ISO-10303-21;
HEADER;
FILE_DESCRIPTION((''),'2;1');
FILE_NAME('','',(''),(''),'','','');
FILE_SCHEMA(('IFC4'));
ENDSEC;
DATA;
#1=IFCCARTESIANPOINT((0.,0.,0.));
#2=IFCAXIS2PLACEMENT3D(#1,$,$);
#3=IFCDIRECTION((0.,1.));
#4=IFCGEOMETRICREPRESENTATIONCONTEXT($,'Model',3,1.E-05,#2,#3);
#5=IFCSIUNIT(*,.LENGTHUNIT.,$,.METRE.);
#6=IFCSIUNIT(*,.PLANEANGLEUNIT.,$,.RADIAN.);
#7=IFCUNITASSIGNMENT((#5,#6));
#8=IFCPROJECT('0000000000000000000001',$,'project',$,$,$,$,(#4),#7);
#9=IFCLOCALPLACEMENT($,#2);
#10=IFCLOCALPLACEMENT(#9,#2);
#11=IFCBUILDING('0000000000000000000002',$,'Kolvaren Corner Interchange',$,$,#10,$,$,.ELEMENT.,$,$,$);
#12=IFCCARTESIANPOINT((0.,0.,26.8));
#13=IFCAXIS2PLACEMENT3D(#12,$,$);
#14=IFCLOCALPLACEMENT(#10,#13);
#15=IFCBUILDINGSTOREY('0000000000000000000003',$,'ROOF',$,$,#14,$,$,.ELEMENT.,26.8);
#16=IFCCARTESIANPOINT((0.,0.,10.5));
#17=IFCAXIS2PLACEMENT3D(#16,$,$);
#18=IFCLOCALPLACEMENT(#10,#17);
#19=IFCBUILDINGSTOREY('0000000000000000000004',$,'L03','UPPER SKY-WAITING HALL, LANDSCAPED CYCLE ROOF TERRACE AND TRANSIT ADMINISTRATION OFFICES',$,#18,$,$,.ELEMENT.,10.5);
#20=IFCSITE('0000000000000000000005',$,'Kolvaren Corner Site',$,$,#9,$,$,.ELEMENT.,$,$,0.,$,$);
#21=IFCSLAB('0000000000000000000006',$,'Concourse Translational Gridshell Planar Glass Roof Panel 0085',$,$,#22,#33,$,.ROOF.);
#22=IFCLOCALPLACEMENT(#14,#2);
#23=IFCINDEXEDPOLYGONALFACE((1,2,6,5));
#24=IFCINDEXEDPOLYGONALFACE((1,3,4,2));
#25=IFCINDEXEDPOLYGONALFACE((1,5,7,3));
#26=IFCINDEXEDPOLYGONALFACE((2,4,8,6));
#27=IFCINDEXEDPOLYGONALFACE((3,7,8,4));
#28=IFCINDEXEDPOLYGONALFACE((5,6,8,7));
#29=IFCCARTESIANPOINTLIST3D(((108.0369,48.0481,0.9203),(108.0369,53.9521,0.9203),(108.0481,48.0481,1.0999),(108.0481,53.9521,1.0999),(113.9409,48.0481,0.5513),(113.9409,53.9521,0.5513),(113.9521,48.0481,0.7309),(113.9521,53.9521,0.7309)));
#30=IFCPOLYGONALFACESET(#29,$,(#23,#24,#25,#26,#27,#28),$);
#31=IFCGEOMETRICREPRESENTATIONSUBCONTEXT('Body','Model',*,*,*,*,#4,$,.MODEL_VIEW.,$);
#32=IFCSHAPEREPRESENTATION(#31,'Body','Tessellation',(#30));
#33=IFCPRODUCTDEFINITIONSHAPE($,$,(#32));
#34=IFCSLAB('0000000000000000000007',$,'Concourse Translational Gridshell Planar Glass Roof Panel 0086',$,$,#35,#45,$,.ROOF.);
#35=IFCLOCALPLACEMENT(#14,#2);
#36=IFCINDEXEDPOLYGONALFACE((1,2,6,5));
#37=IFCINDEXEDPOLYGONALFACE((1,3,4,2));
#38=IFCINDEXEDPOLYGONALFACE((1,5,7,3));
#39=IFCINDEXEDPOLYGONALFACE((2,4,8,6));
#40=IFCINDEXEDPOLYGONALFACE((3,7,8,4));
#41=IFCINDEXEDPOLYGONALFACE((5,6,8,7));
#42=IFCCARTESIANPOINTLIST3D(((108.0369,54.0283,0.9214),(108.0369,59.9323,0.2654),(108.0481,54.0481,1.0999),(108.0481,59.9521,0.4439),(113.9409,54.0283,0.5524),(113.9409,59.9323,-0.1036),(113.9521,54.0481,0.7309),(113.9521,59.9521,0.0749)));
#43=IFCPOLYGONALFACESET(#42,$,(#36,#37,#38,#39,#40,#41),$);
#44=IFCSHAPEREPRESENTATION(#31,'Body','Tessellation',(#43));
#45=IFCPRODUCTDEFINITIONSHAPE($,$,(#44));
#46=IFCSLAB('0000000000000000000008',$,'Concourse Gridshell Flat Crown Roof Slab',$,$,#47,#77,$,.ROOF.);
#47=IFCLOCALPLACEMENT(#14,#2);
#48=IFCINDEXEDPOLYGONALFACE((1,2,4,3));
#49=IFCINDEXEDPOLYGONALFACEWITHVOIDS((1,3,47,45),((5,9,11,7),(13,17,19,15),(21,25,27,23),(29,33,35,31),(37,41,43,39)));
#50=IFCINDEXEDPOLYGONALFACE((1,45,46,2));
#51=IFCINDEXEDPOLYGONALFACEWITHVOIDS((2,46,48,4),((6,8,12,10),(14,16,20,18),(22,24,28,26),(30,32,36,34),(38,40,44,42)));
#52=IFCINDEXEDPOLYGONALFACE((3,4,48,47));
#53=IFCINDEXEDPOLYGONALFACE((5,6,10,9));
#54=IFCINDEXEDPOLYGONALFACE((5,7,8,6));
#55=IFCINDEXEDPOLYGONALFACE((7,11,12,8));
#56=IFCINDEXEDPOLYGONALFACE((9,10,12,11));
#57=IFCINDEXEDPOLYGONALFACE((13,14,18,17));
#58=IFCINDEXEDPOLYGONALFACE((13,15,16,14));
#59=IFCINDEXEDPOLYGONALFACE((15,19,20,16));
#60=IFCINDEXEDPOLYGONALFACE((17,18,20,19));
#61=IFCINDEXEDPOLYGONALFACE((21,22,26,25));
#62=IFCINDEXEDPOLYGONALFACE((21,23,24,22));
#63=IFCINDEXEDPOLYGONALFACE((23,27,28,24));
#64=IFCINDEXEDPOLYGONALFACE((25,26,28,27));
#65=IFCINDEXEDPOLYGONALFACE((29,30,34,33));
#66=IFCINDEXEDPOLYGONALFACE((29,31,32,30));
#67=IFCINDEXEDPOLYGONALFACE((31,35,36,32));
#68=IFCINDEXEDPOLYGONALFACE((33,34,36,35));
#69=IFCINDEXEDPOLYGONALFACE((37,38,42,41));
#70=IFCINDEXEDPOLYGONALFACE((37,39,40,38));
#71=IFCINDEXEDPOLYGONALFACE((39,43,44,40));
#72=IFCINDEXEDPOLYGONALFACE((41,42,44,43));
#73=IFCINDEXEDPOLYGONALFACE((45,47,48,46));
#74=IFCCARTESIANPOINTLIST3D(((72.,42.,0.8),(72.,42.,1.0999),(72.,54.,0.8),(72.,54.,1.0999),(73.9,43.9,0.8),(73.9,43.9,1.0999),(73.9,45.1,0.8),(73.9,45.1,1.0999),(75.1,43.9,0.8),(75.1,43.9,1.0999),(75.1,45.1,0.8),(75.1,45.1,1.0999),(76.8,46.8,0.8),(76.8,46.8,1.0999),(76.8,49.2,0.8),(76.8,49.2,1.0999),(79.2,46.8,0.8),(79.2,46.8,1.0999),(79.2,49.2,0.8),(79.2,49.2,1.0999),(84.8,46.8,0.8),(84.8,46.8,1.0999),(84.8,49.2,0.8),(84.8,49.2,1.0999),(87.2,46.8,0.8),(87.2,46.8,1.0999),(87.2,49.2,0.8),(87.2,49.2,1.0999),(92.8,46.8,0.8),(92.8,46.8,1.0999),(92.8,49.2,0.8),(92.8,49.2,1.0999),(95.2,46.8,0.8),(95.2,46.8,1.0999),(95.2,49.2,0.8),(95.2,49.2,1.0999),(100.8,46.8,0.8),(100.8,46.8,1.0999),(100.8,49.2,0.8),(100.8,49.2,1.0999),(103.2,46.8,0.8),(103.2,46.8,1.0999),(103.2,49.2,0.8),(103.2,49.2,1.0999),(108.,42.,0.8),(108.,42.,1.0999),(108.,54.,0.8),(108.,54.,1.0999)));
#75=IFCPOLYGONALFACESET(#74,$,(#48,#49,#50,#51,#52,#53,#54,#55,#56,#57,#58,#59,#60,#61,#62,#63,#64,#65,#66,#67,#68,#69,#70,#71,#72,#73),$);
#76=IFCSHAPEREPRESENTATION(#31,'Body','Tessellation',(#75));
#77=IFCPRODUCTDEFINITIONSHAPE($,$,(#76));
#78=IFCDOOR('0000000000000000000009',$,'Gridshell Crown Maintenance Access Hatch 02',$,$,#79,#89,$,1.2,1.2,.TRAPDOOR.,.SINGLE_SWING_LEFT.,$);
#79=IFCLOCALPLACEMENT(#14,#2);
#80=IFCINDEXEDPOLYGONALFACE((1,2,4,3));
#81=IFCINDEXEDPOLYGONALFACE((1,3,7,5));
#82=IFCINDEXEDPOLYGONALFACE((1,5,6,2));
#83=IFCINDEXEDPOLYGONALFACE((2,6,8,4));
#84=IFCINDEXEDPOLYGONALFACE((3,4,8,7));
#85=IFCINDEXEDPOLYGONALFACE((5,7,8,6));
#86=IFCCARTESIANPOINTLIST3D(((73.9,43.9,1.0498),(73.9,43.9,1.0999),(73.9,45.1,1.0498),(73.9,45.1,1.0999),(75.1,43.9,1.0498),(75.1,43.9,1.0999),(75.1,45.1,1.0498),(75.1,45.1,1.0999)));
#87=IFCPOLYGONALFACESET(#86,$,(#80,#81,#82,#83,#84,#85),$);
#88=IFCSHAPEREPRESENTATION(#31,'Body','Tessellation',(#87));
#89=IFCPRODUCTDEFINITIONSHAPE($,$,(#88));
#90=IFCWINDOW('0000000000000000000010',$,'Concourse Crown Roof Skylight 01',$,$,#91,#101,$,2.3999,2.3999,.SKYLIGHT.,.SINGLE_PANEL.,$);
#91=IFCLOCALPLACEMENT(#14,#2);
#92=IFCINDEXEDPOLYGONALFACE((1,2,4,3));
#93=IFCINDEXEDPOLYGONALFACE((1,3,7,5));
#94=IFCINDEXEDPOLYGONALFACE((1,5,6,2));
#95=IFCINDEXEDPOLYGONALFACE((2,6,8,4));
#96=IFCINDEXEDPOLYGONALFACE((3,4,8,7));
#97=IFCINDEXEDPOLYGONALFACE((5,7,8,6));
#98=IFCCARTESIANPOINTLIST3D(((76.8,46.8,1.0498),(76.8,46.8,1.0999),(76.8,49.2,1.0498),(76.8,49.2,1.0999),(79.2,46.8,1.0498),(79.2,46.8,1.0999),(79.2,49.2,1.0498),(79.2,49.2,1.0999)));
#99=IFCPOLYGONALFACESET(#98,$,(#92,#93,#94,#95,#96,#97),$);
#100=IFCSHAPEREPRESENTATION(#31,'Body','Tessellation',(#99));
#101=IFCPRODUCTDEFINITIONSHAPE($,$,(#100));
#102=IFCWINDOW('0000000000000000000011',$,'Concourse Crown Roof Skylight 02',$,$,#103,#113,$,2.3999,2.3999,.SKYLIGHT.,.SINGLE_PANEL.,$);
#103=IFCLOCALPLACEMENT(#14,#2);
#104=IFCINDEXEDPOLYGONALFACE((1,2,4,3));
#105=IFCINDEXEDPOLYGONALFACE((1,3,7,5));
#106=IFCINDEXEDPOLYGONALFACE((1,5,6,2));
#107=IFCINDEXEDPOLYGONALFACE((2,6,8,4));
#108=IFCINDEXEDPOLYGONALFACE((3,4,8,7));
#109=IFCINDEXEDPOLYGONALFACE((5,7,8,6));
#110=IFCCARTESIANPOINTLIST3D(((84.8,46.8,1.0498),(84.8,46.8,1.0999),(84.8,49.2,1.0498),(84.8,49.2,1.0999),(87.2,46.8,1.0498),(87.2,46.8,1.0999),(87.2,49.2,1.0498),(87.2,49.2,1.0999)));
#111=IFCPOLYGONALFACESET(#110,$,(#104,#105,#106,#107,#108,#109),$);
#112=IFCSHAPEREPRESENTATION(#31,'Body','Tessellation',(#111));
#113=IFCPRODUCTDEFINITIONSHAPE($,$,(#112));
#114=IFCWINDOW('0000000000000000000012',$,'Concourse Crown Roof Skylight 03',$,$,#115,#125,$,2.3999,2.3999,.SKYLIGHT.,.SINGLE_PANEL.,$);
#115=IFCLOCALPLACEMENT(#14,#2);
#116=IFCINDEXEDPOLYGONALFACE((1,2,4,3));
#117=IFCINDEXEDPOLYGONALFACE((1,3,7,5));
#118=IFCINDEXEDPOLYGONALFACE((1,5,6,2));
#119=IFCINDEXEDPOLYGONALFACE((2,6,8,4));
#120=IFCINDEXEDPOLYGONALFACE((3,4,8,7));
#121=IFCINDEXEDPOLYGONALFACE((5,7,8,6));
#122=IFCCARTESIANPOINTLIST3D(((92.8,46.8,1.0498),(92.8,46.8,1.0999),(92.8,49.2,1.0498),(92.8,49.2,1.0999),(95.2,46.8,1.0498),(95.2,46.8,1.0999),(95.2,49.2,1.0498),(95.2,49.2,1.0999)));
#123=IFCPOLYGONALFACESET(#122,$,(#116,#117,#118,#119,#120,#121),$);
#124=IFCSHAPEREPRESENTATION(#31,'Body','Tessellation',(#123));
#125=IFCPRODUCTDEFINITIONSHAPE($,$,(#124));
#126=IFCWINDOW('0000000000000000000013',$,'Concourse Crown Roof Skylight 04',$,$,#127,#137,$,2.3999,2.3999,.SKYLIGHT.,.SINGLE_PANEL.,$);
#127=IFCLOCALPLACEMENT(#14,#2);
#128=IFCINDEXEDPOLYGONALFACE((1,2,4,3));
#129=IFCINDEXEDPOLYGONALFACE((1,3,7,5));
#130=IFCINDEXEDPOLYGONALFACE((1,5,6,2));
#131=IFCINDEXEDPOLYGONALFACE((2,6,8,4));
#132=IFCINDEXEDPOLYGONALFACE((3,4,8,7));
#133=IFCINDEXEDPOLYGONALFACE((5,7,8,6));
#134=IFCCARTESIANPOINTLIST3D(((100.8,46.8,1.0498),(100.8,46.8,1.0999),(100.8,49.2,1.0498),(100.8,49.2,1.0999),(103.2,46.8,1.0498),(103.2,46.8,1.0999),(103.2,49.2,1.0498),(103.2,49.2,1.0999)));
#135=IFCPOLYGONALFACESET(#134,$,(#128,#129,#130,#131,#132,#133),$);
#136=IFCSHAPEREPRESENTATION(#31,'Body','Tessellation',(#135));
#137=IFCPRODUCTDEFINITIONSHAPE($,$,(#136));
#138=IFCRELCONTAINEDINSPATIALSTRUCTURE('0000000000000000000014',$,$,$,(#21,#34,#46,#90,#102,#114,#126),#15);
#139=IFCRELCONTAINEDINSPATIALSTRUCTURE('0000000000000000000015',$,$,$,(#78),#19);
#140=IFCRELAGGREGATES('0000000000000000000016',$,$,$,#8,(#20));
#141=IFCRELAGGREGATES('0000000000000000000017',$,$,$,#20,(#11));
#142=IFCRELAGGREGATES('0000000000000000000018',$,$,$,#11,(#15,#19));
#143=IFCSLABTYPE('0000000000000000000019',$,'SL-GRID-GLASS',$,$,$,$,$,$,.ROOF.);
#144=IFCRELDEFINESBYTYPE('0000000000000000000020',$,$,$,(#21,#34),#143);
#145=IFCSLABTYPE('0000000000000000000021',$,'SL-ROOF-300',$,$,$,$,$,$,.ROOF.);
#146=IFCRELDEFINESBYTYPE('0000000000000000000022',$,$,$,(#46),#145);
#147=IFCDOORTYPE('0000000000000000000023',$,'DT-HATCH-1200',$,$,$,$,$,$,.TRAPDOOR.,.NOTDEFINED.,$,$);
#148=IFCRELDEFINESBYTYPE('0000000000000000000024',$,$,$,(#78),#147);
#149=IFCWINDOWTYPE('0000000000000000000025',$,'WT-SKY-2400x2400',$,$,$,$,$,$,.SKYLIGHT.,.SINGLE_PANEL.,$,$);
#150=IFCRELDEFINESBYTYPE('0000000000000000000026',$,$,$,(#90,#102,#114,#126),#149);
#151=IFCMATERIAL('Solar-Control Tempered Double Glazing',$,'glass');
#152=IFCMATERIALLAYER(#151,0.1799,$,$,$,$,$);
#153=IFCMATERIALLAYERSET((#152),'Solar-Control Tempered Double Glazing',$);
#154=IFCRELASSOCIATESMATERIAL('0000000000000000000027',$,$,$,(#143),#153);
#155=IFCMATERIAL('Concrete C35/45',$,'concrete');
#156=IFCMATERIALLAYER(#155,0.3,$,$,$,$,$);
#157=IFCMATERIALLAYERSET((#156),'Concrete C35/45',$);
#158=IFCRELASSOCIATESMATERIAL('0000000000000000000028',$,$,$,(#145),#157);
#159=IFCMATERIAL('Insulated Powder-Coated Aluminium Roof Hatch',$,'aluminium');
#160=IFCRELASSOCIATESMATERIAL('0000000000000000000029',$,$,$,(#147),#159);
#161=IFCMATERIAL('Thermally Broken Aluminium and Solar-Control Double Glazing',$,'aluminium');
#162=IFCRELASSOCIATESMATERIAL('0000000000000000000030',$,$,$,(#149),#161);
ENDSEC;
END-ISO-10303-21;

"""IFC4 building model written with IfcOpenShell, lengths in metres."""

from ifc_helpers import new_model, si_unit, direction, frame, origin, origin_2d, place, context, subcontext, project, spatial, polyline, rectangle, outline, extrude, material, layer, layer_set, type_object, element, fill, save


model = new_model("IFC4")

# Units and contexts
model_context = context("Model", 3, precision=1e-05, world=origin(), true_north=direction((0.0, 1.0)))
body_context = subcontext(model_context, "Body", "Model", "MODEL_VIEW")
ifc_project = project(units=[si_unit("LENGTHUNIT", "METRE"), si_unit("PLANEANGLEUNIT", "RADIAN")], contexts=[model_context])

# Site, building, storey
site_placement = place(None, origin())
site = spatial("IfcSite", under=ifc_project, at=site_placement, Name="Kolvaren Corner Site", CompositionType="ELEMENT", RefElevation=0.0)
building_placement = place(site_placement, origin())
building = spatial("IfcBuilding", under=site, at=building_placement, Name="Kolvaren Corner Interchange", CompositionType="ELEMENT")
storey_1_placement = place(building_placement, frame((0.0, 0.0, 26.8)))
storey_1 = spatial("IfcBuildingStorey", under=building, at=storey_1_placement, Name="ROOF", CompositionType="ELEMENT", Elevation=26.8)

# Slabs
ifc_material_1 = material(Name="Solar-Control Tempered Double Glazing", Category="glass")
ifc_layer_1 = layer(ifc_material_1, 0.1799)
ifc_layer_set_1 = layer_set([ifc_layer_1], Name="Solar-Control Tempered Double Glazing")
slab_type_1 = type_object("IfcSlabType", Name="SL-GRID-GLASS", PredefinedType="ROOF", material=ifc_layer_set_1)
for number, where, z_axis, x_axis, name in (
    (1, (108.0481, 48.0481, 1.0999), (0.062378, 0.0, 0.998053), (0.998053, 0.0, -0.062378), "Concourse Translational Gridshell Planar Glass Roof Panel 0085"),
):
    element("IfcSlab", number, at=place(storey_1_placement, frame(where, z_axis=z_axis, x_axis=x_axis)), inside=storey_1, type_object=slab_type_1, Name=name, PredefinedType="ROOF", context=body_context, shape_type="SweptSolid", body=[
        extrude(outline(polyline([(0.0, 0.0), (5.9155, 0.0), (5.9155, 5.904), (0.0, 5.904), (0.0, 0.0)])), origin(), (0.0, 0.0, -1.0), 0.1799),
    ])
slab_1_placement = place(storey_1_placement, frame((108.0481, 54.0481, 1.0999), z_axis=(0.061998, 0.110219, 0.991972), x_axis=(0.998053, 0.0, -0.062378)))
element("IfcSlab", 2, at=slab_1_placement, inside=storey_1, type_object=slab_type_1, Name="Concourse Translational Gridshell Planar Glass Roof Panel 0086", PredefinedType="ROOF", context=body_context, shape_type="SweptSolid", body=[
    extrude(outline(polyline([(0.0, 0.0), (5.9155, 0.0), (5.9564, 5.9402), (0.0409, 5.9402), (0.0, 0.0)])), origin(), (0.0, 0.0, -1.0), 0.1799),
])

# Slab, openings
ifc_material_2 = material(Name="Concrete C35/45", Category="concrete")
ifc_layer_2 = layer(ifc_material_2, 0.3)
ifc_layer_set_2 = layer_set([ifc_layer_2], Name="Concrete C35/45")
slab_type_2 = type_object("IfcSlabType", Name="SL-ROOF-300", PredefinedType="ROOF", material=ifc_layer_set_2)
slab_2_placement = place(storey_1_placement, frame((0.0, 0.0, 0.8)))
slab_2 = element("IfcSlab", 3, at=slab_2_placement, inside=storey_1, type_object=slab_type_2, Name="Concourse Gridshell Flat Crown Roof Slab", PredefinedType="ROOF", context=body_context, shape_type="SweptSolid", body=[
    extrude(outline(polyline([(108.0, 42.0), (108.0, 54.0), (72.0, 54.0), (72.0, 42.0), (108.0, 42.0)])), origin(), (0.0, 0.0, 1.0), 0.2998),
])
opening_1_placement = place(slab_2_placement, frame((78.0, 48.0, 0.0)))
opening_1 = element("IfcOpeningElement", 4, at=opening_1_placement, cuts=slab_2, PredefinedType="OPENING", context=body_context, shape_type="SweptSolid", body=[
    extrude(rectangle(XDim=2.3999, YDim=2.3999, at=origin_2d()), origin(), (0.0, 0.0, 1.0), 0.2998),
])
opening_2_placement = place(slab_2_placement, frame((86.0, 48.0, 0.0)))
opening_2 = element("IfcOpeningElement", 5, at=opening_2_placement, cuts=slab_2, PredefinedType="OPENING", context=body_context, shape_type="SweptSolid", body=[
    extrude(rectangle(XDim=2.3999, YDim=2.3999, at=origin_2d()), origin(), (0.0, 0.0, 1.0), 0.2998),
])
opening_3_placement = place(slab_2_placement, frame((94.0, 48.0, 0.0)))
opening_3 = element("IfcOpeningElement", 6, at=opening_3_placement, cuts=slab_2, PredefinedType="OPENING", context=body_context, shape_type="SweptSolid", body=[
    extrude(rectangle(XDim=2.3999, YDim=2.3999, at=origin_2d()), origin(), (0.0, 0.0, 1.0), 0.2998),
])
opening_4_placement = place(slab_2_placement, frame((102.0, 48.0, 0.0)))
opening_4 = element("IfcOpeningElement", 7, at=opening_4_placement, cuts=slab_2, PredefinedType="OPENING", context=body_context, shape_type="SweptSolid", body=[
    extrude(rectangle(XDim=2.3999, YDim=2.3999, at=origin_2d()), origin(), (0.0, 0.0, 1.0), 0.2998),
])
opening_5_placement = place(slab_2_placement, frame((74.5, 44.5, 0.0)))
opening_5 = element("IfcOpeningElement", 8, at=opening_5_placement, cuts=slab_2, PredefinedType="OPENING", context=body_context, shape_type="SweptSolid", body=[
    extrude(rectangle(XDim=1.2, YDim=1.2, at=origin_2d()), origin(), (0.0, 0.0, 1.0), 0.2998),
])

# Shared definitions
storey_2_placement = place(building_placement, frame((0.0, 0.0, 10.5)))
storey_2 = spatial("IfcBuildingStorey", under=building, at=storey_2_placement, Name="L03", Description="UPPER SKY-WAITING HALL, LANDSCAPED CYCLE ROOF TERRACE AND TRANSIT ADMINISTRATION OFFICES", CompositionType="ELEMENT", Elevation=10.5)

# Door
ifc_material_3 = material(Name="Insulated Powder-Coated Aluminium Roof Hatch", Category="aluminium")
door_type = type_object("IfcDoorType", Name="DT-HATCH-1200", OperationType="NOTDEFINED", PredefinedType="TRAPDOOR", material=ifc_material_3)
door_placement = place(opening_5_placement, frame((0.0, 0.0, 0.2498)))
door = element("IfcDoor", 9, at=door_placement, inside=storey_2, type_object=door_type, Name="Gridshell Crown Maintenance Access Hatch 02", OperationType="SINGLE_SWING_LEFT", OverallHeight=1.2, OverallWidth=1.2, PredefinedType="TRAPDOOR", context=body_context, shape_type="SweptSolid", body=[
    extrude(rectangle(XDim=1.2, YDim=1.2, at=origin_2d()), origin(), (0.0, 0.0, 1.0), 0.05),
])
fill(opening_5, door)

# Windows
ifc_material_4 = material(Name="Thermally Broken Aluminium and Solar-Control Double Glazing", Category="aluminium")
window_type = type_object("IfcWindowType", Name="WT-SKY-2400x2400", PartitioningType="SINGLE_PANEL", PredefinedType="SKYLIGHT", material=ifc_material_4)
window_1_placement = place(opening_1_placement, frame((0.0, 0.0, 0.2498)))
window_1 = element("IfcWindow", 10, at=window_1_placement, inside=storey_1, type_object=window_type, Name="Concourse Crown Roof Skylight 01", OverallHeight=2.3999, OverallWidth=2.3999, PartitioningType="SINGLE_PANEL", PredefinedType="SKYLIGHT", context=body_context, shape_type="SweptSolid", body=[
    extrude(rectangle(XDim=2.3999, YDim=2.3999, at=origin_2d()), origin(), (0.0, 0.0, 1.0), 0.05),
])
fill(opening_1, window_1)
window_2_placement = place(opening_2_placement, frame((0.0, 0.0, 0.2498)))
window_2 = element("IfcWindow", 11, at=window_2_placement, inside=storey_1, type_object=window_type, Name="Concourse Crown Roof Skylight 02", OverallHeight=2.3999, OverallWidth=2.3999, PartitioningType="SINGLE_PANEL", PredefinedType="SKYLIGHT", context=body_context, shape_type="SweptSolid", body=[
    extrude(rectangle(XDim=2.3999, YDim=2.3999, at=origin_2d()), origin(), (0.0, 0.0, 1.0), 0.05),
])
fill(opening_2, window_2)
window_3_placement = place(opening_3_placement, frame((0.0, 0.0, 0.2498)))
window_3 = element("IfcWindow", 12, at=window_3_placement, inside=storey_1, type_object=window_type, Name="Concourse Crown Roof Skylight 03", OverallHeight=2.3999, OverallWidth=2.3999, PartitioningType="SINGLE_PANEL", PredefinedType="SKYLIGHT", context=body_context, shape_type="SweptSolid", body=[
    extrude(rectangle(XDim=2.3999, YDim=2.3999, at=origin_2d()), origin(), (0.0, 0.0, 1.0), 0.05),
])
fill(opening_3, window_3)
window_4_placement = place(opening_4_placement, frame((0.0, 0.0, 0.2498)))
window_4 = element("IfcWindow", 13, at=window_4_placement, inside=storey_1, type_object=window_type, Name="Concourse Crown Roof Skylight 04", OverallHeight=2.3999, OverallWidth=2.3999, PartitioningType="SINGLE_PANEL", PredefinedType="SKYLIGHT", context=body_context, shape_type="SweptSolid", body=[
    extrude(rectangle(XDim=2.3999, YDim=2.3999, at=origin_2d()), origin(), (0.0, 0.0, 1.0), 0.05),
])
fill(opening_4, window_4)

save(model, "model.ifc")
